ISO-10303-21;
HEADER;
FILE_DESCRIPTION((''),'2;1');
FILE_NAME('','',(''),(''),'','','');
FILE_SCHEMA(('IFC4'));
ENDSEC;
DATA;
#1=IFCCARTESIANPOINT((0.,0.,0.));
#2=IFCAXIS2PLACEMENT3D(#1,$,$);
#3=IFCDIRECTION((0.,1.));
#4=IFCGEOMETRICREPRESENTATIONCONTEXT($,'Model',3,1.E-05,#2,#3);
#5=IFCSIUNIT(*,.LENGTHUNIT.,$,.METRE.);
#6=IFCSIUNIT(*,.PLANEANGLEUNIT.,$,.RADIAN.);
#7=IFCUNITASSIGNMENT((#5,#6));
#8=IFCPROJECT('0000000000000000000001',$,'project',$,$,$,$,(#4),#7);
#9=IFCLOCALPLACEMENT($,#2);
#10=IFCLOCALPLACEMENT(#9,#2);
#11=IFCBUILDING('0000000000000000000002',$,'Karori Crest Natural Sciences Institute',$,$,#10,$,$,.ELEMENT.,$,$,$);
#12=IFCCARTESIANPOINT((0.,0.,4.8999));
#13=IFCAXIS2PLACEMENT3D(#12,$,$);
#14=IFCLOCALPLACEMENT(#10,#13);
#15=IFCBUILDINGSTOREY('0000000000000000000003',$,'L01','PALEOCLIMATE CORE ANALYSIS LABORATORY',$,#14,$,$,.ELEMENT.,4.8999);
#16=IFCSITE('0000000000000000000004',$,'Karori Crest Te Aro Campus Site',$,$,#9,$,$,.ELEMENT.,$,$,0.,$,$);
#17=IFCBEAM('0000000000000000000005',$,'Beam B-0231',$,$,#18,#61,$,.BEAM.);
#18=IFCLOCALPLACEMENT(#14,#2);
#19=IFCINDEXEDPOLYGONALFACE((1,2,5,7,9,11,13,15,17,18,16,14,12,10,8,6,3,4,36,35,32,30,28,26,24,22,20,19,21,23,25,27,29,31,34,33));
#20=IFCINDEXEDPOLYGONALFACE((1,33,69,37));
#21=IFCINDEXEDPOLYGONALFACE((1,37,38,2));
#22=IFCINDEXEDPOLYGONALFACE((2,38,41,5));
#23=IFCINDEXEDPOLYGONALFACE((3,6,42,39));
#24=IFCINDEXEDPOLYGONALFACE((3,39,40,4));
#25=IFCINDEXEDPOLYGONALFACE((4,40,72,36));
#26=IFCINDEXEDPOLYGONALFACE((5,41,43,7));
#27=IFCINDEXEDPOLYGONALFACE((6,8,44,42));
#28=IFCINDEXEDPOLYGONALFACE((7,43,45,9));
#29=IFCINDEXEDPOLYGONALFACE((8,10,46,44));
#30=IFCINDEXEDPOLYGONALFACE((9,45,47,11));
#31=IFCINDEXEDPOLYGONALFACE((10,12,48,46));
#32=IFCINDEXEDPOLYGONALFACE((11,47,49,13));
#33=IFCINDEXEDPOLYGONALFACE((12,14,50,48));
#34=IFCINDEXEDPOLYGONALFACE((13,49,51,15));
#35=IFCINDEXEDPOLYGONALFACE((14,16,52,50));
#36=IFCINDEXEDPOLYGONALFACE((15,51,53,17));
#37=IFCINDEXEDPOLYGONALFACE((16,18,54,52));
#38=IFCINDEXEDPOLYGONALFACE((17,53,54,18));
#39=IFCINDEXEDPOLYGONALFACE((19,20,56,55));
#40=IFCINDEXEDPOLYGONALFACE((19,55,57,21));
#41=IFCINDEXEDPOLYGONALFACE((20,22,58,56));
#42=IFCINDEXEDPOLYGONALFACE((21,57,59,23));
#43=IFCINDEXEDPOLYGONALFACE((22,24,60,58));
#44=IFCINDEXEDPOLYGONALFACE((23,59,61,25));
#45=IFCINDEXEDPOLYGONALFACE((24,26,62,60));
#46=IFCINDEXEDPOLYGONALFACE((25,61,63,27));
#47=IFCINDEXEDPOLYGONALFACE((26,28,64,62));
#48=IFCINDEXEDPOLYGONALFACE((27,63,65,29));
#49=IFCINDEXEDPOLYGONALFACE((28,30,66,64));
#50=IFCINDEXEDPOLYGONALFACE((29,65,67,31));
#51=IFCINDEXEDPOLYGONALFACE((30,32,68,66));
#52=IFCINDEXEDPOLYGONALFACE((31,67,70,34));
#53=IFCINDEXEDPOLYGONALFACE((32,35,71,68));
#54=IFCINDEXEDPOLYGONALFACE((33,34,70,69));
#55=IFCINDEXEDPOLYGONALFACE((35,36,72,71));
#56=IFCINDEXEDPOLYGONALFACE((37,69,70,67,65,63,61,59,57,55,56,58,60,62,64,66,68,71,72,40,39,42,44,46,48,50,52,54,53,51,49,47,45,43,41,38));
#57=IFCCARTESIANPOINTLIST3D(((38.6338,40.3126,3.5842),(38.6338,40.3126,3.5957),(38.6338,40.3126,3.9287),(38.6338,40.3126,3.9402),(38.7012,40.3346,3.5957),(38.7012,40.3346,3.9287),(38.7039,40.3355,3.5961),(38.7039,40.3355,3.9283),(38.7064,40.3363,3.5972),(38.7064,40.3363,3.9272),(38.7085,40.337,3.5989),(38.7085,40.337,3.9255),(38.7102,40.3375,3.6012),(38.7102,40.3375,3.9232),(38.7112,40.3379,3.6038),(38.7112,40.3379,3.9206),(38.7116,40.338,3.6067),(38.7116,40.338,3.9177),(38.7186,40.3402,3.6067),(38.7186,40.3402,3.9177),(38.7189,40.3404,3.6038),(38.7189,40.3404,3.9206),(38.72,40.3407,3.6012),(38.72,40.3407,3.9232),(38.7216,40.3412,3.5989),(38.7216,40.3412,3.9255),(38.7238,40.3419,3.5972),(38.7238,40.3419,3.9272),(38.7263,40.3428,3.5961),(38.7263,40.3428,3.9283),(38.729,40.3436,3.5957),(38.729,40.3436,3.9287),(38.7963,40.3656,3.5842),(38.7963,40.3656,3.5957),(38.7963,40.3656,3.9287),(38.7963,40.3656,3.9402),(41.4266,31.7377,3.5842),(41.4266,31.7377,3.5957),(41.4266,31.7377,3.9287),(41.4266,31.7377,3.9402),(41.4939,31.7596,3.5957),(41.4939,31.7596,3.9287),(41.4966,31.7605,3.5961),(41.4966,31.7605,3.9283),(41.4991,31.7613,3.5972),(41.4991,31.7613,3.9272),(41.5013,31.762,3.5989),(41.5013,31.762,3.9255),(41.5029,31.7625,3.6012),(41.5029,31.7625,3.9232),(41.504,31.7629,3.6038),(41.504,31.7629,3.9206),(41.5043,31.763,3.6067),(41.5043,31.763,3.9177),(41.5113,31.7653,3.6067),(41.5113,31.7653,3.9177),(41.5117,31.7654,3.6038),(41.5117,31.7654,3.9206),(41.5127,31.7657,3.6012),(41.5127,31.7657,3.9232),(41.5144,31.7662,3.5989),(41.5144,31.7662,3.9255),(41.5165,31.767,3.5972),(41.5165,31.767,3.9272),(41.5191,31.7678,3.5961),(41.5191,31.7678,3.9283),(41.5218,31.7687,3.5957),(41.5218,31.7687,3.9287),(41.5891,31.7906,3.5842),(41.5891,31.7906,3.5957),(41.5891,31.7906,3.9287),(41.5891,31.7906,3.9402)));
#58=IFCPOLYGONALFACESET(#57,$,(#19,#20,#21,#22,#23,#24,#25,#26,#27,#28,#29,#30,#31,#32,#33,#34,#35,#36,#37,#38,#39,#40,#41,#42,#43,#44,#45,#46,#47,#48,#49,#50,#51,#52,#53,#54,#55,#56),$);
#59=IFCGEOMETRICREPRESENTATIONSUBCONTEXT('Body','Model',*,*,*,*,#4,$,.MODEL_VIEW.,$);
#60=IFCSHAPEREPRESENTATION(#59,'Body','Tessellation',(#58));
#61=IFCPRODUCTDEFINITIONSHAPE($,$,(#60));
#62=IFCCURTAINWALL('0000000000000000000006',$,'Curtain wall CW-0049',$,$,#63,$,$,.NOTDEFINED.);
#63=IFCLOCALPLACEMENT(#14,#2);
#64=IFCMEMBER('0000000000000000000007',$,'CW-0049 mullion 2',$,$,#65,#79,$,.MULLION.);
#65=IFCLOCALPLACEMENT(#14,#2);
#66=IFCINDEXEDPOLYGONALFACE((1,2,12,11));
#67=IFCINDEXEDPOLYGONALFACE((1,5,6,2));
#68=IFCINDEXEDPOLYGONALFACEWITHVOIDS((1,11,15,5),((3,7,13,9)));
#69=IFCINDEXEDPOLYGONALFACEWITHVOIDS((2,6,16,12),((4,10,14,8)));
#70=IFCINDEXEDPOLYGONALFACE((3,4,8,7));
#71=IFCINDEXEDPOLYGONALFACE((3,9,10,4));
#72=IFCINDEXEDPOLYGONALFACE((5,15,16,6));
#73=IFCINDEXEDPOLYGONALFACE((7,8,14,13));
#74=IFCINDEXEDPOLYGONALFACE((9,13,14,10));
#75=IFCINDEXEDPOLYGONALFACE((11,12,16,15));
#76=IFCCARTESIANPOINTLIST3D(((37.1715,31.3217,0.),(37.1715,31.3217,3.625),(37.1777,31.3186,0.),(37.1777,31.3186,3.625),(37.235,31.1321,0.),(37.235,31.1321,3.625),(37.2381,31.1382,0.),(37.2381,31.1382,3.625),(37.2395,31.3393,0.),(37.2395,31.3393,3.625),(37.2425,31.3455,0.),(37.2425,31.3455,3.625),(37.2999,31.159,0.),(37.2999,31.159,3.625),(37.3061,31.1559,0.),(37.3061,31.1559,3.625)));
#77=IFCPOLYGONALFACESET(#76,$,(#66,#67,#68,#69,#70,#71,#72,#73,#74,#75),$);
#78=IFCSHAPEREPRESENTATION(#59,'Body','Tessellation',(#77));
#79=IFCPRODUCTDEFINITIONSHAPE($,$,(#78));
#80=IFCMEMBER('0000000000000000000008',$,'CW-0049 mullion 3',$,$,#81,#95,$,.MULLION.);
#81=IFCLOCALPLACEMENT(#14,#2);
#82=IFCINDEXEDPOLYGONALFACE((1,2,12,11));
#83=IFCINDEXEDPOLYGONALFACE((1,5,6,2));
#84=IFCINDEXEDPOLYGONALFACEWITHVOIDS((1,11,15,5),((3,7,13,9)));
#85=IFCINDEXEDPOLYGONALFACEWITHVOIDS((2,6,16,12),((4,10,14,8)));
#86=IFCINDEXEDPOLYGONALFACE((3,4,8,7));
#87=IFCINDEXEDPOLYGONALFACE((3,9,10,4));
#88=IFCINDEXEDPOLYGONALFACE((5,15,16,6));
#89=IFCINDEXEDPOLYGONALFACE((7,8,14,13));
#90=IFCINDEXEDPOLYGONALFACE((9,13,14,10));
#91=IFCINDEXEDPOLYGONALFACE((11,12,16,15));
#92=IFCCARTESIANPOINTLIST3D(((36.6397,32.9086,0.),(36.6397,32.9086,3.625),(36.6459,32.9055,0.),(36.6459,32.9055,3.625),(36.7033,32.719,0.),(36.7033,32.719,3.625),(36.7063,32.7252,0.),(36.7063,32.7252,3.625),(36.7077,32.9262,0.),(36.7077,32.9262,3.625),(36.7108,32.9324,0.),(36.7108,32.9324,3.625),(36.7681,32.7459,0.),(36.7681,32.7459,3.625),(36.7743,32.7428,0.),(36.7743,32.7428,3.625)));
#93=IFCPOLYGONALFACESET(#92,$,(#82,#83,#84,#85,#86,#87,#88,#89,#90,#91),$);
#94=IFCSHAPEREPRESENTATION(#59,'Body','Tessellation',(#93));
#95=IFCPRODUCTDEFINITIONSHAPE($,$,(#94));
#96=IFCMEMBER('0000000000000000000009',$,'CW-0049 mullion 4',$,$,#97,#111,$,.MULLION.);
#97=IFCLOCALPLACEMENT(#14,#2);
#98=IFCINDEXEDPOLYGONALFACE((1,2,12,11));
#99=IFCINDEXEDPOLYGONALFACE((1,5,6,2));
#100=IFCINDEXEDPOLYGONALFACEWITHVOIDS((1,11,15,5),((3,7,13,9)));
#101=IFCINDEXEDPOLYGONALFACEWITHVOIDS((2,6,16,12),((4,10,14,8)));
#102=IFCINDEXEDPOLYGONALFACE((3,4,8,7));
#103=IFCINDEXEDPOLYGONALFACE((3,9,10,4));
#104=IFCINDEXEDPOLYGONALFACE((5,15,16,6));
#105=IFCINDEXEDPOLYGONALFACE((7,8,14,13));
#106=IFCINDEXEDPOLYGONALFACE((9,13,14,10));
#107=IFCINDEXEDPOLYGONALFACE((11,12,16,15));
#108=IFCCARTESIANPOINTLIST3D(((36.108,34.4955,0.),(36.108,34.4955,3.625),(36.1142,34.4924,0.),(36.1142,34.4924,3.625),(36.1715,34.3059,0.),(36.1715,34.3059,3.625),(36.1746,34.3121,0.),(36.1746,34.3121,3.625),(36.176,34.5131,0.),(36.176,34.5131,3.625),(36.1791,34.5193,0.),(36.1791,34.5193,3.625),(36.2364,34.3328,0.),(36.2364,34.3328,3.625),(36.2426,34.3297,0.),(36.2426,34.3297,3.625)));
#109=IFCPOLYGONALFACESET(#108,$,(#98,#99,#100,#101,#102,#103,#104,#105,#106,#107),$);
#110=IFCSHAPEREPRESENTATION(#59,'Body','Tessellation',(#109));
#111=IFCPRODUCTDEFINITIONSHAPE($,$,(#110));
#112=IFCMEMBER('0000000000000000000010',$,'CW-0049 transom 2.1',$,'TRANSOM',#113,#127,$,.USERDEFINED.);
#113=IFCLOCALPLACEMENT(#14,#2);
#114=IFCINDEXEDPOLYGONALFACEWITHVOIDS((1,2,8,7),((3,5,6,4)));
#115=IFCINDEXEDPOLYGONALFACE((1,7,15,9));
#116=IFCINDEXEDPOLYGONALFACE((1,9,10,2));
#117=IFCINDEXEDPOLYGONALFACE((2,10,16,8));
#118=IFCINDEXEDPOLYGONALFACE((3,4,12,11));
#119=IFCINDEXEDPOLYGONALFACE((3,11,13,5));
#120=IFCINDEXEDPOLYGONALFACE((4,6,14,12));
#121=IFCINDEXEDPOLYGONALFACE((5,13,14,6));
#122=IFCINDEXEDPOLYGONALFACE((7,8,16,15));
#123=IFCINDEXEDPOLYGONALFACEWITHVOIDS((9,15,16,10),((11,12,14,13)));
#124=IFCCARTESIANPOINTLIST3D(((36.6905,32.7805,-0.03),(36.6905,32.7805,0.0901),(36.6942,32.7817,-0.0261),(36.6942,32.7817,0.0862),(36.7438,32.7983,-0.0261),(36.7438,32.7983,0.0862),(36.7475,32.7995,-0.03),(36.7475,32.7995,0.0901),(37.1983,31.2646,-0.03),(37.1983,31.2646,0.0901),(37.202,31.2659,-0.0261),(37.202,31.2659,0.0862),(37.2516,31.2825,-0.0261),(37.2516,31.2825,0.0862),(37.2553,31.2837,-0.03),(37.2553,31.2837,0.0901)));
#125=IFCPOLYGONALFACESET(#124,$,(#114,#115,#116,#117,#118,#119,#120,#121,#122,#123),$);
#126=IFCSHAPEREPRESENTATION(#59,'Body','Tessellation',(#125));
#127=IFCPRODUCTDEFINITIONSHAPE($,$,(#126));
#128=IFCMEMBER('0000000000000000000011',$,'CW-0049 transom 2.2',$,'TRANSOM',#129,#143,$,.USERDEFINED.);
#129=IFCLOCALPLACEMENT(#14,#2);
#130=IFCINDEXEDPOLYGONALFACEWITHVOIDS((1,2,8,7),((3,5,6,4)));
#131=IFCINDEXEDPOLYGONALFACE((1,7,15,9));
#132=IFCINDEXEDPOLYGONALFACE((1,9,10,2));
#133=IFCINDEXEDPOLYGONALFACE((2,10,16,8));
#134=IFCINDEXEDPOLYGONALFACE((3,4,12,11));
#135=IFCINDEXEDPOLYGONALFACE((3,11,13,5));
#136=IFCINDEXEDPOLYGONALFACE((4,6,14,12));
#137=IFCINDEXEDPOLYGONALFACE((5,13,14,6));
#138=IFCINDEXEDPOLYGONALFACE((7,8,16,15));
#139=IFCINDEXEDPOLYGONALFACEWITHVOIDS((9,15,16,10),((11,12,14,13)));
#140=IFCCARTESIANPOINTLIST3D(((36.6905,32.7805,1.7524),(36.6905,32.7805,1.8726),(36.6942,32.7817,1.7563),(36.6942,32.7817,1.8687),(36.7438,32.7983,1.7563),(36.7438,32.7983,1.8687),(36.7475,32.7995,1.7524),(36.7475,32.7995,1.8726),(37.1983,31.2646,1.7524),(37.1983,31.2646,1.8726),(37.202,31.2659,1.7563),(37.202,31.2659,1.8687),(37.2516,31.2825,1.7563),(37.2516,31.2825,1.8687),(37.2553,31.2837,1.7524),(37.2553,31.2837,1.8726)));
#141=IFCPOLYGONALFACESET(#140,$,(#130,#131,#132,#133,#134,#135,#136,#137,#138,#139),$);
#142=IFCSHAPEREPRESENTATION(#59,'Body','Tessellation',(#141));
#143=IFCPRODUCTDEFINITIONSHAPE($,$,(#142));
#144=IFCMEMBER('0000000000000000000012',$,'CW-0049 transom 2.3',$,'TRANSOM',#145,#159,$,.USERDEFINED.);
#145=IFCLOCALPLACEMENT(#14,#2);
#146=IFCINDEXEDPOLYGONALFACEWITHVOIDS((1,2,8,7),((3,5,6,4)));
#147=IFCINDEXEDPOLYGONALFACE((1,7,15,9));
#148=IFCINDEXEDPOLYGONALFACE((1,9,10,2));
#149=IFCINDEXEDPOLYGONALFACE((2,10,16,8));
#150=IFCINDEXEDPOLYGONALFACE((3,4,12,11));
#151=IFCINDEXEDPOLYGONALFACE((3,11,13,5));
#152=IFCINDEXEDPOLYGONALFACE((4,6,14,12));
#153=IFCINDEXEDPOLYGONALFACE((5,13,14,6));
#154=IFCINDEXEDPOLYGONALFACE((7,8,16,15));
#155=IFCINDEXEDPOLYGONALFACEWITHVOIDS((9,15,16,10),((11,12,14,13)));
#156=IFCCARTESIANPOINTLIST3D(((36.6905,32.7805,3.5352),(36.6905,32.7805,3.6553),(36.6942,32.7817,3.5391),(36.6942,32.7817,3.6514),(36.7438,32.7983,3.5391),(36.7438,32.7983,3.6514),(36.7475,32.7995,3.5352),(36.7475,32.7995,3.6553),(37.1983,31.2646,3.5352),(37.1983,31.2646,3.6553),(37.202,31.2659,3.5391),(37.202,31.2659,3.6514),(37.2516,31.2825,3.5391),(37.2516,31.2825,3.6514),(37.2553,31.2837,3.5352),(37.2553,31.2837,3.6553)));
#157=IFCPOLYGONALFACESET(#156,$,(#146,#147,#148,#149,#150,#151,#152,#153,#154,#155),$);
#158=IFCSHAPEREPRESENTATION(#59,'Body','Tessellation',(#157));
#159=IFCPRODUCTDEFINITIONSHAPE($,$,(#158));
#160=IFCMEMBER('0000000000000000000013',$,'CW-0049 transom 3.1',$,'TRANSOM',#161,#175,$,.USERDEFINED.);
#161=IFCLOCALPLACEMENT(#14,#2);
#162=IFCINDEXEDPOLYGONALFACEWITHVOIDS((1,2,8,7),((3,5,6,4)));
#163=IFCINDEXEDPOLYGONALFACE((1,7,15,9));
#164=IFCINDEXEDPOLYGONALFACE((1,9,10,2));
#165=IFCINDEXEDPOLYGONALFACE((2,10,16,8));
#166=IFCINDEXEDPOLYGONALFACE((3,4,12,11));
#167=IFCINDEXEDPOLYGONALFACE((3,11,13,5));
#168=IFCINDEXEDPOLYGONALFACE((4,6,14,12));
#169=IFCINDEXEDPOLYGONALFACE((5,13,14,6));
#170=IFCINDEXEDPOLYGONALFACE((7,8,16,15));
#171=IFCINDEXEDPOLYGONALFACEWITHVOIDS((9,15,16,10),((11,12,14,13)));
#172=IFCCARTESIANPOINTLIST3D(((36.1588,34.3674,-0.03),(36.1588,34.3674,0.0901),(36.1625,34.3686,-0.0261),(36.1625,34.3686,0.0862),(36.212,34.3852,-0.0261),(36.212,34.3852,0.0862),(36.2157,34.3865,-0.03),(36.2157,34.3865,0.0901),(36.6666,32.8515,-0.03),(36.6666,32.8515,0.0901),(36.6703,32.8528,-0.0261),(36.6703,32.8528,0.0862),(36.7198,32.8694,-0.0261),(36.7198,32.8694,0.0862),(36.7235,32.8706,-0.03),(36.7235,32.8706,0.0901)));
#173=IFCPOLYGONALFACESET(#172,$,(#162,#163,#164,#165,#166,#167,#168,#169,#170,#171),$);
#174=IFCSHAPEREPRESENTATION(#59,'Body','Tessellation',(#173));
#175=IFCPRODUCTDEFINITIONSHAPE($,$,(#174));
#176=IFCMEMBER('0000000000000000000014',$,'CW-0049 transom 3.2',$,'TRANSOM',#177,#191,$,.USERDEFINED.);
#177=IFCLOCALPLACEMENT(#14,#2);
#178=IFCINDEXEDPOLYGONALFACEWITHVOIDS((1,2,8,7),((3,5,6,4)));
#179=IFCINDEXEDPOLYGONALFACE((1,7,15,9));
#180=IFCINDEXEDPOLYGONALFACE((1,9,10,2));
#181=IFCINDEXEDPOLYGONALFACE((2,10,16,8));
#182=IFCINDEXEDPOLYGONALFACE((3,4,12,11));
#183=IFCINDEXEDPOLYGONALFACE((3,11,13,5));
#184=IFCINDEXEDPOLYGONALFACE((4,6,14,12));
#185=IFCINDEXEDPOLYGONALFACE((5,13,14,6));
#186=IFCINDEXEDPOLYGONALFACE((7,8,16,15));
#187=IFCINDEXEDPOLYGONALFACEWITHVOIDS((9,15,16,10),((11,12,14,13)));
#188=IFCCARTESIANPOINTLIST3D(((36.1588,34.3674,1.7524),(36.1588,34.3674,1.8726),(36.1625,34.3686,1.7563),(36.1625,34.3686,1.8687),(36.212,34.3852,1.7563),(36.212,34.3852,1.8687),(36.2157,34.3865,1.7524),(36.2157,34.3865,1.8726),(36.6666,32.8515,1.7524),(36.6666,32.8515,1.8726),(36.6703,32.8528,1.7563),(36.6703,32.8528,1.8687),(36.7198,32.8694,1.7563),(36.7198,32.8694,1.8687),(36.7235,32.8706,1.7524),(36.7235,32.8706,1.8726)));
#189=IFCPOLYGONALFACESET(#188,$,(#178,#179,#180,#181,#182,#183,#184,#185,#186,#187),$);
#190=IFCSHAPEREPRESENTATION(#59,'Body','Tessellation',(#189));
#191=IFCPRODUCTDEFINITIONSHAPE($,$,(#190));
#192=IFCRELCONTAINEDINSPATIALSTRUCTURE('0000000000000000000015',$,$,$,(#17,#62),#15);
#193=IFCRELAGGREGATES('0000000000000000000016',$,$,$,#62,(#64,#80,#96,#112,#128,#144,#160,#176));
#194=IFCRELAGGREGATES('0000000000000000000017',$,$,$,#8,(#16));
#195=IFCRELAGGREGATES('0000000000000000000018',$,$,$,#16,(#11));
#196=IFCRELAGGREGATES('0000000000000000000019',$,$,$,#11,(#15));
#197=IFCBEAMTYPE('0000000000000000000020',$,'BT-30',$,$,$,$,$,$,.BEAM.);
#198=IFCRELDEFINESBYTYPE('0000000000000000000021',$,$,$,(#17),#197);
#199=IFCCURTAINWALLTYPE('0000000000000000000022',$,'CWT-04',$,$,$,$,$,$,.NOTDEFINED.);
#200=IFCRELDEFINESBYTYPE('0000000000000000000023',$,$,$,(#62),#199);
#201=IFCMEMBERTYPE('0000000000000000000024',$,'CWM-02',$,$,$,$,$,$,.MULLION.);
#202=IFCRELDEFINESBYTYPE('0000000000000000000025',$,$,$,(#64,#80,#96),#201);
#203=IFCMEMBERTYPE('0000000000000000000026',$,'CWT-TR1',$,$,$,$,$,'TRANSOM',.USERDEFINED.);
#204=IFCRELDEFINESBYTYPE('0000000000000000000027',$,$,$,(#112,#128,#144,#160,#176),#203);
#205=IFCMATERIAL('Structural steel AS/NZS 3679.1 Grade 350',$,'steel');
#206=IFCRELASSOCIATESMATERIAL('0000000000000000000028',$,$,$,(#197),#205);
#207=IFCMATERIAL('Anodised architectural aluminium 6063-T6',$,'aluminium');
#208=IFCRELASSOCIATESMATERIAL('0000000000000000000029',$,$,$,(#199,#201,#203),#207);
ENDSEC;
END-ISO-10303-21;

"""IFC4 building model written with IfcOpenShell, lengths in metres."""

from ifc_helpers import new_model, si_unit, direction, frame, origin, origin_2d, place, context, subcontext, project, spatial, hollow_rectangle, i_section, extrude, material, material_profile, profile_set, type_object, element, aggregate, save


model = new_model("IFC4")

# Units and contexts
model_context = context("Model", 3, precision=1e-05, world=origin(), true_north=direction((0.0, 1.0)))
body_context = subcontext(model_context, "Body", "Model", "MODEL_VIEW")
ifc_project = project(units=[si_unit("LENGTHUNIT", "METRE"), si_unit("PLANEANGLEUNIT", "RADIAN")], contexts=[model_context])

# Site, building, storey
site_placement = place(None, origin())
site = spatial("IfcSite", under=ifc_project, at=site_placement, Name="Karori Crest Te Aro Campus Site", CompositionType="ELEMENT", RefElevation=0.0)
building_placement = place(site_placement, origin())
building = spatial("IfcBuilding", under=site, at=building_placement, Name="Karori Crest Natural Sciences Institute", CompositionType="ELEMENT")
storey_placement = place(building_placement, frame((0.0, 0.0, 4.8999)))
storey = spatial("IfcBuildingStorey", under=building, at=storey_placement, Name="L01", Description="PALEOCLIMATE CORE ANALYSIS LABORATORY", CompositionType="ELEMENT", Elevation=4.8999)

# Beam
ifc_material_1 = material(Name="Structural steel AS/NZS 3679.1 Grade 350", Category="steel")
ifc_material_profile_1 = material_profile(ifc_material_1, i_section(OverallWidth=0.1709, OverallDepth=0.356, WebThickness=0.0073, FlangeThickness=0.0115, FilletRadius=0.011, at=origin_2d()), Name="360UB50.7")
ifc_profile_set_1 = profile_set([ifc_material_profile_1], Name="Structural steel AS/NZS 3679.1 Grade 350")
beam_type = type_object("IfcBeamType", Name="BT-30", PredefinedType="BEAM", material=ifc_profile_set_1)
beam_placement = place(storey_placement, frame((38.7151, 40.3391, 3.7622), z_axis=(0.309674, -0.950843, 0.0), x_axis=(0.950843, 0.309674, 0.0)))
element("IfcBeam", 1, at=beam_placement, inside=storey, type_object=beam_type, Name="Beam B-0231", PredefinedType="BEAM", context=body_context, shape_type="SweptSolid", body=[
    extrude(i_section(OverallWidth=0.1709, OverallDepth=0.356, WebThickness=0.0073, FlangeThickness=0.0115, FilletRadius=0.011, at=origin_2d()), origin(), (0.0, 0.0, 1.0), 9.0183),
])

# Curtain wall, members
ifc_material_2 = material(Name="Anodised architectural aluminium 6063-T6", Category="aluminium")
curtain_wall_type = type_object("IfcCurtainWallType", Name="CWT-04", PredefinedType="NOTDEFINED", material=ifc_material_2)
curtain_wall_placement = place(storey_placement, origin())
curtain_wall = element("IfcCurtainWall", 2, at=curtain_wall_placement, inside=storey, type_object=curtain_wall_type, Name="Curtain wall CW-0049", PredefinedType="NOTDEFINED")
ifc_material_profile_2 = material_profile(ifc_material_2, hollow_rectangle(XDim=0.075, YDim=0.2, WallThickness=0.0049, at=origin_2d()), Name="CWM200x75x5")
ifc_profile_set_2 = profile_set([ifc_material_profile_2], Name="Anodised architectural aluminium 6063-T6")
member_type_1 = type_object("IfcMemberType", Name="CWM-02", PredefinedType="MULLION", material=ifc_profile_set_2)
member_1_placement = place(storey_placement, frame((37.2388, 31.2388, 0.0), z_axis=(0.0, 0.0, 1.0), x_axis=(-0.948196, -0.317685, 0.0)))
member_1 = element("IfcMember", 3, at=member_1_placement, type_object=member_type_1, Name="CW-0049 mullion 2", PredefinedType="MULLION", context=body_context, shape_type="SweptSolid", body=[
    extrude(hollow_rectangle(XDim=0.075, YDim=0.2, WallThickness=0.0049, at=origin_2d()), origin(), (0.0, 0.0, 1.0), 3.625),
])
member_2_placement = place(storey_placement, frame((36.707, 32.8257, 0.0), z_axis=(0.0, 0.0, 1.0), x_axis=(-0.948196, -0.317685, 0.0)))
member_2 = element("IfcMember", 4, at=member_2_placement, type_object=member_type_1, Name="CW-0049 mullion 3", PredefinedType="MULLION", context=body_context, shape_type="SweptSolid", body=[
    extrude(hollow_rectangle(XDim=0.075, YDim=0.2, WallThickness=0.0049, at=origin_2d()), origin(), (0.0, 0.0, 1.0), 3.625),
])
member_3_placement = place(storey_placement, frame((36.1753, 34.4126, 0.0), z_axis=(0.0, 0.0, 1.0), x_axis=(-0.948196, -0.317685, 0.0)))
member_3 = element("IfcMember", 5, at=member_3_placement, type_object=member_type_1, Name="CW-0049 mullion 4", PredefinedType="MULLION", context=body_context, shape_type="SweptSolid", body=[
    extrude(hollow_rectangle(XDim=0.075, YDim=0.2, WallThickness=0.0049, at=origin_2d()), origin(), (0.0, 0.0, 1.0), 3.625),
])
ifc_material_profile_3 = material_profile(ifc_material_2, hollow_rectangle(XDim=0.0601, YDim=0.1201, WallThickness=0.0039, at=origin_2d()), Name="CWT120x60x4")
ifc_profile_set_3 = profile_set([ifc_material_profile_3], Name="Anodised architectural aluminium 6063-T6")
member_type_2 = type_object("IfcMemberType", Name="CWT-TR1", ElementType="TRANSOM", PredefinedType="USERDEFINED", material=ifc_profile_set_3)
member_4_placement = place(storey_placement, frame((37.2268, 31.2742, 0.03), z_axis=(-0.317648, 0.948209, 0.0), x_axis=(-0.948209, -0.317648, 0.0)))
member_4 = element("IfcMember", 6, at=member_4_placement, type_object=member_type_2, Name="CW-0049 transom 2.1", ObjectType="TRANSOM", PredefinedType="USERDEFINED", context=body_context, shape_type="SweptSolid", body=[
    extrude(hollow_rectangle(XDim=0.0601, YDim=0.1201, WallThickness=0.0039, at=origin_2d()), origin(), (0.0, 0.0, 1.0), 1.5986),
])
member_5_placement = place(storey_placement, frame((37.2268, 31.2742, 1.8125), z_axis=(-0.317648, 0.948209, 0.0), x_axis=(-0.948209, -0.317648, 0.0)))
member_5 = element("IfcMember", 7, at=member_5_placement, type_object=member_type_2, Name="CW-0049 transom 2.2", ObjectType="TRANSOM", PredefinedType="USERDEFINED", context=body_context, shape_type="SweptSolid", body=[
    extrude(hollow_rectangle(XDim=0.0601, YDim=0.1201, WallThickness=0.0039, at=origin_2d()), origin(), (0.0, 0.0, 1.0), 1.5986),
])
member_6_placement = place(storey_placement, frame((37.2268, 31.2742, 3.5952), z_axis=(-0.317648, 0.948209, 0.0), x_axis=(-0.948209, -0.317648, 0.0)))
member_6 = element("IfcMember", 8, at=member_6_placement, type_object=member_type_2, Name="CW-0049 transom 2.3", ObjectType="TRANSOM", PredefinedType="USERDEFINED", context=body_context, shape_type="SweptSolid", body=[
    extrude(hollow_rectangle(XDim=0.0601, YDim=0.1201, WallThickness=0.0039, at=origin_2d()), origin(), (0.0, 0.0, 1.0), 1.5986),
])
member_7_placement = place(storey_placement, frame((36.6951, 32.8611, 0.03), z_axis=(-0.317648, 0.948209, 0.0), x_axis=(-0.948209, -0.317648, 0.0)))
member_7 = element("IfcMember", 9, at=member_7_placement, type_object=member_type_2, Name="CW-0049 transom 3.1", ObjectType="TRANSOM", PredefinedType="USERDEFINED", context=body_context, shape_type="SweptSolid", body=[
    extrude(hollow_rectangle(XDim=0.0601, YDim=0.1201, WallThickness=0.0039, at=origin_2d()), origin(), (0.0, 0.0, 1.0), 1.5986),
])
member_8_placement = place(storey_placement, frame((36.6951, 32.8611, 1.8125), z_axis=(-0.317648, 0.948209, 0.0), x_axis=(-0.948209, -0.317648, 0.0)))
member_8 = element("IfcMember", 10, at=member_8_placement, type_object=member_type_2, Name="CW-0049 transom 3.2", ObjectType="TRANSOM", PredefinedType="USERDEFINED", context=body_context, shape_type="SweptSolid", body=[
    extrude(hollow_rectangle(XDim=0.0601, YDim=0.1201, WallThickness=0.0039, at=origin_2d()), origin(), (0.0, 0.0, 1.0), 1.5986),
])
aggregate(curtain_wall, [member_1, member_2, member_3, member_4, member_5, member_6, member_7, member_8])

save(model, "model.ifc")
